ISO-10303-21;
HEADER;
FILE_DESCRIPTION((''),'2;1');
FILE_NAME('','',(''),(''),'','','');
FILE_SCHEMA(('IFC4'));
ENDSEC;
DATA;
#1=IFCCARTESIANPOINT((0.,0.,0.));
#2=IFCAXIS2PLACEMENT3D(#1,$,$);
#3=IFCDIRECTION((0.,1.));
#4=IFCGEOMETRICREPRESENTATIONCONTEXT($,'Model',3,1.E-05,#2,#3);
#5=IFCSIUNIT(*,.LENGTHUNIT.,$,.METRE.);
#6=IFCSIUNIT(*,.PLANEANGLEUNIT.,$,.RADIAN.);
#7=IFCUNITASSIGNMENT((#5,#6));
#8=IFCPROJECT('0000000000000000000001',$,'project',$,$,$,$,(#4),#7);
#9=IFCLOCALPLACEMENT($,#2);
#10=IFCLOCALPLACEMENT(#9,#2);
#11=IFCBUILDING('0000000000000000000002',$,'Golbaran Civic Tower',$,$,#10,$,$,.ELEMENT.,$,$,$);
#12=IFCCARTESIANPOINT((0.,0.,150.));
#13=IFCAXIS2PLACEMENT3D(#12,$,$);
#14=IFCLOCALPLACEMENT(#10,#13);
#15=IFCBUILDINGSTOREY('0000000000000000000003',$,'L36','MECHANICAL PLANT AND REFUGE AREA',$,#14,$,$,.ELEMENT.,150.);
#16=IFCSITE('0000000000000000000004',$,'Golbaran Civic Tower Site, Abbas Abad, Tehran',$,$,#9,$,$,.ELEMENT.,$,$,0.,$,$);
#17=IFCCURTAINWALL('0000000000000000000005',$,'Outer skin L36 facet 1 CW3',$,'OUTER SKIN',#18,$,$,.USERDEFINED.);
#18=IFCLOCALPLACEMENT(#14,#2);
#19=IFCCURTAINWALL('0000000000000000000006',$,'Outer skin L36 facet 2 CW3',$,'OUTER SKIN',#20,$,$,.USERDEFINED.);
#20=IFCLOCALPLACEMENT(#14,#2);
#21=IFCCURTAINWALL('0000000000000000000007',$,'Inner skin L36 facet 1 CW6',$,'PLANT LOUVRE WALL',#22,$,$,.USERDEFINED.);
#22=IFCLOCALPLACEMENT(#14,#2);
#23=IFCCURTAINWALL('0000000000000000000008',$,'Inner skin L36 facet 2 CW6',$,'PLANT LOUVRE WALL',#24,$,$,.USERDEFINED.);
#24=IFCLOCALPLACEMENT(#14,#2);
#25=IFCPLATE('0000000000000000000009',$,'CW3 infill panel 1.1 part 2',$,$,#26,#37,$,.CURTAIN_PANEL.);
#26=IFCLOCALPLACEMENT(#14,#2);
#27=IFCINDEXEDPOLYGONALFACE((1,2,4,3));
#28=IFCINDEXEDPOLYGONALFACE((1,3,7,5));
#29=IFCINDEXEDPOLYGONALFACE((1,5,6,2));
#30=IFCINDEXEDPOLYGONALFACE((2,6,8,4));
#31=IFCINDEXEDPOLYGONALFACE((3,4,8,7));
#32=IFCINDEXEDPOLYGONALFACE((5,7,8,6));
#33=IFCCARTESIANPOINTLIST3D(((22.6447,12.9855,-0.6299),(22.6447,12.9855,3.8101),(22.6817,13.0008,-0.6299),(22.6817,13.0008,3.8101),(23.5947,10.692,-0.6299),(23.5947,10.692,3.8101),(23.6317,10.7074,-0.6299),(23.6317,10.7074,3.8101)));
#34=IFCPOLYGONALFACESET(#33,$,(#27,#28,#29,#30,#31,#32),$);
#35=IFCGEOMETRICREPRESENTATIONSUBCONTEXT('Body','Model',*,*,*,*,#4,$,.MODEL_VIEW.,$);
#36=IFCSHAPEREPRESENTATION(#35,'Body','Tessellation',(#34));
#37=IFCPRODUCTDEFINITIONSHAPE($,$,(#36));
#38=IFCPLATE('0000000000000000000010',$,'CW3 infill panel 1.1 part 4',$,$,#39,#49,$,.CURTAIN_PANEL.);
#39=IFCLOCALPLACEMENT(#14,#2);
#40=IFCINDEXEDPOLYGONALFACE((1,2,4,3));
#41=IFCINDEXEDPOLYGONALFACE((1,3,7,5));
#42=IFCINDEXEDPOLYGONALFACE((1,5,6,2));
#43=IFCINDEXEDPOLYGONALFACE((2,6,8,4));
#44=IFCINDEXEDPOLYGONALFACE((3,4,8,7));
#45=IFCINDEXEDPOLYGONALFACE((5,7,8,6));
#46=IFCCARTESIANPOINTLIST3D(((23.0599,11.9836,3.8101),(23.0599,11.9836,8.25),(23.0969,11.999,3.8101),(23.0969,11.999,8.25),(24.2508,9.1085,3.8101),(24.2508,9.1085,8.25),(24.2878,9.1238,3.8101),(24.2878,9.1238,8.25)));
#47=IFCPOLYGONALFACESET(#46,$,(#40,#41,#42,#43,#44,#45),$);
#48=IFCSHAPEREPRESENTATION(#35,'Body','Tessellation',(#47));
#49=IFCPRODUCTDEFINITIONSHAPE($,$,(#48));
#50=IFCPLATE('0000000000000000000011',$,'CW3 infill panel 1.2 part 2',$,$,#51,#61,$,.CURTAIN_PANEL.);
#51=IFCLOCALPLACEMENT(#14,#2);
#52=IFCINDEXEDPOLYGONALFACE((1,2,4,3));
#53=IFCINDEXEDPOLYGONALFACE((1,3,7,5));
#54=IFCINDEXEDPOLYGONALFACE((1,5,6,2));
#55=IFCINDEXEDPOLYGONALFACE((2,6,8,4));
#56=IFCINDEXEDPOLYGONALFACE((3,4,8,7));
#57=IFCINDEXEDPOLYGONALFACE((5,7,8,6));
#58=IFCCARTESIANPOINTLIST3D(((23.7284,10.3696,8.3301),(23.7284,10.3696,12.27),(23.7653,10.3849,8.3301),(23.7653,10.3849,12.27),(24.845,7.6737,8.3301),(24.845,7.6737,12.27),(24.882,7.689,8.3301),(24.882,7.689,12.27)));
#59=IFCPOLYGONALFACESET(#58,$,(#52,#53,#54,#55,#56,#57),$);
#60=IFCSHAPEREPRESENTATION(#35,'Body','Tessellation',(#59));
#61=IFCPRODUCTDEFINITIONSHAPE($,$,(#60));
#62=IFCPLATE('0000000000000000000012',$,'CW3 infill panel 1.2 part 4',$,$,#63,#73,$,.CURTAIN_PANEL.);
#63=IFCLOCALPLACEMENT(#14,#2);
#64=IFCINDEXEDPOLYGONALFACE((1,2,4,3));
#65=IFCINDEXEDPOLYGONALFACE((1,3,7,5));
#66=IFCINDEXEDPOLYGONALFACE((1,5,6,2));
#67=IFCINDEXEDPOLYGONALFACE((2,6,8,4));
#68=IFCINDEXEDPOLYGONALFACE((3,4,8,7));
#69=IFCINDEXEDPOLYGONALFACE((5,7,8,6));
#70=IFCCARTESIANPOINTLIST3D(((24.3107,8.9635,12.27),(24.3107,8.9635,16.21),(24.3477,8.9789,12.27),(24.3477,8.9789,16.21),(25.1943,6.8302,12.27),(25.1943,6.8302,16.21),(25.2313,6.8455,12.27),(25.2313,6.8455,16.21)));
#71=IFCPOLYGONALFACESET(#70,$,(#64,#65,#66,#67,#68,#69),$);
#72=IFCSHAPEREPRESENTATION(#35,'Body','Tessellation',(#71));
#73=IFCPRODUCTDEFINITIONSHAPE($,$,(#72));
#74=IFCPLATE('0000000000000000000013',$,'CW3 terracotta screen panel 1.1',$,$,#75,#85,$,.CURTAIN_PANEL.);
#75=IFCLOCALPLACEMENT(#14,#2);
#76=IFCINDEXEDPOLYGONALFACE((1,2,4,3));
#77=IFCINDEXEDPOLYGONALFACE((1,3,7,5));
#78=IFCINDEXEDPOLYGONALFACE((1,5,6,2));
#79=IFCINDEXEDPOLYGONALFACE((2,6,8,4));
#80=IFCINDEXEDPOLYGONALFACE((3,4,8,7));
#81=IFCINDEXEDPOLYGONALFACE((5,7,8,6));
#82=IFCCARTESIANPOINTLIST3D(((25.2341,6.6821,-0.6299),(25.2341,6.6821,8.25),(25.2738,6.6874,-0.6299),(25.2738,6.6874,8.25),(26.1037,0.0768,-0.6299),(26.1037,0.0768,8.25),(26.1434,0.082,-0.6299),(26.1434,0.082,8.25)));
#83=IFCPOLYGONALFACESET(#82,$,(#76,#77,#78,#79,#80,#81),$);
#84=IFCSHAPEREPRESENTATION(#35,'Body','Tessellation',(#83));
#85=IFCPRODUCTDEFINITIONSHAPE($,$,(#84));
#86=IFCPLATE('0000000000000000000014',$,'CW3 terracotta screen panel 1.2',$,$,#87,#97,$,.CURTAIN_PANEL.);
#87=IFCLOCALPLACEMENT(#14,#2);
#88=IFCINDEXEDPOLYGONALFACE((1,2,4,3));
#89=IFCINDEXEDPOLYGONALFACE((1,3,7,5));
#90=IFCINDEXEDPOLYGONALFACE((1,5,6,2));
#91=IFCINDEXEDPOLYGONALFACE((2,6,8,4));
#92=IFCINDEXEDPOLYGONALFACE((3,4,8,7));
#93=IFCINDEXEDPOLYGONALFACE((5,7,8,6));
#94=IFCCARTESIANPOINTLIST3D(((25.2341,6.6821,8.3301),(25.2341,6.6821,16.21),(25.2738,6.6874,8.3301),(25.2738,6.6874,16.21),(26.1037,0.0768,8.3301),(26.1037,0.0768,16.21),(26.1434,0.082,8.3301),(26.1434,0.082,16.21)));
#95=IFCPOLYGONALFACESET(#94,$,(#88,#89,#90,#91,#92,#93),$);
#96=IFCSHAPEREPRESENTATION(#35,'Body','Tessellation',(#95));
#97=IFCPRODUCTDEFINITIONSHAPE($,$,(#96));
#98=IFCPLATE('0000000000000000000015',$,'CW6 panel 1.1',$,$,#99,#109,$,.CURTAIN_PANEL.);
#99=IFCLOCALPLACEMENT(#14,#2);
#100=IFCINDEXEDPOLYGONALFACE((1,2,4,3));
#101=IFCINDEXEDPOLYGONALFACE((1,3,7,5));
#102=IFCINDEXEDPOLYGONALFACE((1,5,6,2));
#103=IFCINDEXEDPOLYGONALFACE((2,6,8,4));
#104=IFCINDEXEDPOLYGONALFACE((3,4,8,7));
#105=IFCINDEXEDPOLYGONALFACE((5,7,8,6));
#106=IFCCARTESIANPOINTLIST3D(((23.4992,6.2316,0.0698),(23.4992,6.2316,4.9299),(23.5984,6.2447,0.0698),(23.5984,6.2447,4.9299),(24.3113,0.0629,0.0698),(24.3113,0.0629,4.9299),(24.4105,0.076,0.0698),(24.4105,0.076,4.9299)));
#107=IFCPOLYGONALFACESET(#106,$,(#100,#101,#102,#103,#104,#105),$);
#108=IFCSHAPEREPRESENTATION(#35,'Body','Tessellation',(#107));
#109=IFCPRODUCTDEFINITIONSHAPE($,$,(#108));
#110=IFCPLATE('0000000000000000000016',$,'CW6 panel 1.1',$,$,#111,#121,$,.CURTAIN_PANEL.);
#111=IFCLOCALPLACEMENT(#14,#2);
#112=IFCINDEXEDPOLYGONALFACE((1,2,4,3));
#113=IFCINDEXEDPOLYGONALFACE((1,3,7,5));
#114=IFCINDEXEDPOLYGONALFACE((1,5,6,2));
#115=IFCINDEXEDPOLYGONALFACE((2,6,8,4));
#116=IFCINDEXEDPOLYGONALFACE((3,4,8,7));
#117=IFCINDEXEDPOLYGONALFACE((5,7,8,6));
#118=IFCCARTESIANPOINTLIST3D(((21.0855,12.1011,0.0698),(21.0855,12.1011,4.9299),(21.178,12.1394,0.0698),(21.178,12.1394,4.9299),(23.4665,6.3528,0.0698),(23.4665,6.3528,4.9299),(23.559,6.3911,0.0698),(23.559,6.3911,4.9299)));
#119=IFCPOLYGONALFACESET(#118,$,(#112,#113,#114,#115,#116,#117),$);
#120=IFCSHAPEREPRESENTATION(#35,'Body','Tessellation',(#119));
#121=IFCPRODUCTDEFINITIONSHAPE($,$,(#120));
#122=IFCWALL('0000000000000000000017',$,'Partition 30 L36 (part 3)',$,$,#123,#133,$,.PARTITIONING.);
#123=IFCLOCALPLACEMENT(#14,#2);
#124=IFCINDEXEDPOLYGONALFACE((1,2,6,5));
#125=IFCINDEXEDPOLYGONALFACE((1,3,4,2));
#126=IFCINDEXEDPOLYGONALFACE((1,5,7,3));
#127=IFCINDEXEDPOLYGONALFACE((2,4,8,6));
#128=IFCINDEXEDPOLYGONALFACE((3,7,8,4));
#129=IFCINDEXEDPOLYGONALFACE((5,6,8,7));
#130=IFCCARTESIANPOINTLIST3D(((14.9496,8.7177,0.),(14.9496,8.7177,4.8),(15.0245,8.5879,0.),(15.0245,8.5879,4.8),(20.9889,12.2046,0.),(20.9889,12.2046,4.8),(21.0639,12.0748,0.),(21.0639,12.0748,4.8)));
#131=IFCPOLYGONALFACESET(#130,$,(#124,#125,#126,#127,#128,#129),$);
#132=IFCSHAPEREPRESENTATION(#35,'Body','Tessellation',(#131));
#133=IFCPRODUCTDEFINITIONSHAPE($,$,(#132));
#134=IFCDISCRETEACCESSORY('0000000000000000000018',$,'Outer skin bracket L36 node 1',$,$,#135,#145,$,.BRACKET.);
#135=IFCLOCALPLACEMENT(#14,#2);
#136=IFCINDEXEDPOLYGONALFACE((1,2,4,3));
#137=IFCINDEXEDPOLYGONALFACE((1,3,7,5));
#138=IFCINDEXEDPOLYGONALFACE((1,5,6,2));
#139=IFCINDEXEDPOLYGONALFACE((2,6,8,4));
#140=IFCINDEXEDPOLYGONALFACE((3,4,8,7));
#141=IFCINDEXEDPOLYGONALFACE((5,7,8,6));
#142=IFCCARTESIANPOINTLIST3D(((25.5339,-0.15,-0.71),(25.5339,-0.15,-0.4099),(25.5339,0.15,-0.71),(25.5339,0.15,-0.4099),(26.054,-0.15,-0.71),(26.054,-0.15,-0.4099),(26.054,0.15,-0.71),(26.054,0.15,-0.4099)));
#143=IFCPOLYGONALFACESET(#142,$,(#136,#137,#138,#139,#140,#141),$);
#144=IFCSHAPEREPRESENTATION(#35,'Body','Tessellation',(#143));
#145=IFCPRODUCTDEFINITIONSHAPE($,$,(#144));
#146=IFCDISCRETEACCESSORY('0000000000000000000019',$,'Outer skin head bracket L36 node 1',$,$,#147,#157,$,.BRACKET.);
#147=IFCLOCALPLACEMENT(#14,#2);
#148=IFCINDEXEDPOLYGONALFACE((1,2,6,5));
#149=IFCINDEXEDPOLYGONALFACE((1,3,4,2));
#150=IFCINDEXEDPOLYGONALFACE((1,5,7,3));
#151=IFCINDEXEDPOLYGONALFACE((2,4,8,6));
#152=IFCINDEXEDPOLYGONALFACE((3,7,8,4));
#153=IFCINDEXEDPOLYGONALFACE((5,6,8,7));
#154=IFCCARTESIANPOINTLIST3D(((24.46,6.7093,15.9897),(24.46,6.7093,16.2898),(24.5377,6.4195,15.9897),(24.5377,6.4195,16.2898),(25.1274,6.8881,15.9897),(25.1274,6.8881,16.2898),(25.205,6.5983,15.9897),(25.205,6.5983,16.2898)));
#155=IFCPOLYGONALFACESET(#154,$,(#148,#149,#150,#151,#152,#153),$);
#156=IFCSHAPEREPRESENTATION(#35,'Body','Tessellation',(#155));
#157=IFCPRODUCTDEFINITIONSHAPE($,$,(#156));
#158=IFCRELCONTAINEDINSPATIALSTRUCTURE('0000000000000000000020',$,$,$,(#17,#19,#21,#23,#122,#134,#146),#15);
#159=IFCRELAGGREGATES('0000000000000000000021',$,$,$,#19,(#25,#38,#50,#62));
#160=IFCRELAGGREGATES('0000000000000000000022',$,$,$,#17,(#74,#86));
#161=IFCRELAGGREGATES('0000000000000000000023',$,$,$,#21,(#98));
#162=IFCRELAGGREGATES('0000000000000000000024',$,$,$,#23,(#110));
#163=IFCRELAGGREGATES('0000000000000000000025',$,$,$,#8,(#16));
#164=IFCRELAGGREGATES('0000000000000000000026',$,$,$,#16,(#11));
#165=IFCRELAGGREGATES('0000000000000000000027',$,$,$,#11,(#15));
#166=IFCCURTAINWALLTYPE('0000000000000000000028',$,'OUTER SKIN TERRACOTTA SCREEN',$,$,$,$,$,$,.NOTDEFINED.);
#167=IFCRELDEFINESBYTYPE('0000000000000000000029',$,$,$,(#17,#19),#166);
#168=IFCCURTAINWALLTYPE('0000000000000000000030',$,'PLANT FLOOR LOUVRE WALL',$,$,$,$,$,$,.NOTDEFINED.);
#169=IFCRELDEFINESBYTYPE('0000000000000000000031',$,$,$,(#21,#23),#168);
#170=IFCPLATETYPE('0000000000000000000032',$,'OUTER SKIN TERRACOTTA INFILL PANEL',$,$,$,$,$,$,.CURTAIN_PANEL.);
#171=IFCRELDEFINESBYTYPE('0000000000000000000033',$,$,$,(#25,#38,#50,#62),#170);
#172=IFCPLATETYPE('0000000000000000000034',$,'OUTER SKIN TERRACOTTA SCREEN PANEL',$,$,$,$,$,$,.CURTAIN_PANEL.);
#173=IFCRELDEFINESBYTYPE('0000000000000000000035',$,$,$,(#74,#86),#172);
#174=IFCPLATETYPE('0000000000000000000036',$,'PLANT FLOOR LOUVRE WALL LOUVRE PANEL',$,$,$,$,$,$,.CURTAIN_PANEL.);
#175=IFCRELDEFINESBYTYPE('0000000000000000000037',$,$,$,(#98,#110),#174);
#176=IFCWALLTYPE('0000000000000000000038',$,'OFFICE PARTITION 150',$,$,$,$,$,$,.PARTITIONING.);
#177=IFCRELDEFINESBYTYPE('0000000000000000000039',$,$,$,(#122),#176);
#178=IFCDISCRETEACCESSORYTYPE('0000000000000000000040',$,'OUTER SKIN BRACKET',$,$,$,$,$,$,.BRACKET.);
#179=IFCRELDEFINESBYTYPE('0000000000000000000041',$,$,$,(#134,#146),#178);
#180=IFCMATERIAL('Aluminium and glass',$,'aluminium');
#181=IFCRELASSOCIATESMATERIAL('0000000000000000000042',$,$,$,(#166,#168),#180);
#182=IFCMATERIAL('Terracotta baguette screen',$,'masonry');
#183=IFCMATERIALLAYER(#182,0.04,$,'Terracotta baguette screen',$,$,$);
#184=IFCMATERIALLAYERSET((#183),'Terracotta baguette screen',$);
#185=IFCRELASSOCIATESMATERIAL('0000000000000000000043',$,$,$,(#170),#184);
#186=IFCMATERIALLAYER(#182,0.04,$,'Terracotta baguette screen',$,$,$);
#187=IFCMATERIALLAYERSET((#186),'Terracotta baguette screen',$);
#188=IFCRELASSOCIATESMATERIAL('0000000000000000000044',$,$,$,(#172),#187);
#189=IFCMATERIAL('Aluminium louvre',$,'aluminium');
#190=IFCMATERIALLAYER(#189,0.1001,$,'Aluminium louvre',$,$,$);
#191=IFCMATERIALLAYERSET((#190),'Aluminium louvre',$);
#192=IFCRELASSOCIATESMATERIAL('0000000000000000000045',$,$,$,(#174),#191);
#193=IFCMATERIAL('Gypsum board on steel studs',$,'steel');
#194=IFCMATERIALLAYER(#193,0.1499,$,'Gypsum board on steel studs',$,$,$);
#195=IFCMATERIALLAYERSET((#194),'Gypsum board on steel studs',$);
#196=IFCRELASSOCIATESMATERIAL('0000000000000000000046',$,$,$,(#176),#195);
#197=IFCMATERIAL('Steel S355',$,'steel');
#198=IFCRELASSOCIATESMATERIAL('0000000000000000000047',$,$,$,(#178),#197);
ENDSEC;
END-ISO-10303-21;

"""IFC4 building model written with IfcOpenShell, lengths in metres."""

from ifc_helpers import new_model, si_unit, direction, frame, frame_2d, origin, origin_2d, place, context, subcontext, project, spatial, rectangle, extrude, material, layer, layer_set, type_object, element, aggregate, save


model = new_model("IFC4")

# Units and contexts
model_context = context("Model", 3, precision=1e-05, world=origin(), true_north=direction((0.0, 1.0)))
body_context = subcontext(model_context, "Body", "Model", "MODEL_VIEW")
ifc_project = project(units=[si_unit("LENGTHUNIT", "METRE"), si_unit("PLANEANGLEUNIT", "RADIAN")], contexts=[model_context])

# Site, building, storey
site_placement = place(None, origin())
site = spatial("IfcSite", under=ifc_project, at=site_placement, Name="Golbaran Civic Tower Site, Abbas Abad, Tehran", CompositionType="ELEMENT", RefElevation=0.0)
building_placement = place(site_placement, origin())
building = spatial("IfcBuilding", under=site, at=building_placement, Name="Golbaran Civic Tower", CompositionType="ELEMENT")
storey_placement = place(building_placement, frame((0.0, 0.0, 150.0)))
storey = spatial("IfcBuildingStorey", under=building, at=storey_placement, Name="L36", Description="MECHANICAL PLANT AND REFUGE AREA", CompositionType="ELEMENT", Elevation=150.0)

# Shared definitions
ifc_material_1 = material(Name="Steel S355", Category="steel")

# Curtain wall
ifc_material_2 = material(Name="Aluminium and glass", Category="aluminium")
curtain_wall_type_1 = type_object("IfcCurtainWallType", Name="OUTER SKIN TERRACOTTA SCREEN", PredefinedType="NOTDEFINED", material=ifc_material_2)
curtain_wall_1_placement = place(storey_placement, origin())
curtain_wall_1 = element("IfcCurtainWall", 1, at=curtain_wall_1_placement, inside=storey, type_object=curtain_wall_type_1, Name="Outer skin L36 facet 1 CW3", ObjectType="OUTER SKIN", PredefinedType="USERDEFINED")

# Curtain wall
curtain_wall_2_placement = place(storey_placement, origin())
curtain_wall_2 = element("IfcCurtainWall", 2, at=curtain_wall_2_placement, inside=storey, type_object=curtain_wall_type_1, Name="Outer skin L36 facet 2 CW3", ObjectType="OUTER SKIN", PredefinedType="USERDEFINED")

# Curtain wall
curtain_wall_type_2 = type_object("IfcCurtainWallType", Name="PLANT FLOOR LOUVRE WALL", PredefinedType="NOTDEFINED", material=ifc_material_2)
curtain_wall_3_placement = place(storey_placement, origin())
curtain_wall_3 = element("IfcCurtainWall", 3, at=curtain_wall_3_placement, inside=storey, type_object=curtain_wall_type_2, Name="Inner skin L36 facet 1 CW6", ObjectType="PLANT LOUVRE WALL", PredefinedType="USERDEFINED")

# Curtain wall
curtain_wall_4_placement = place(storey_placement, origin())
curtain_wall_4 = element("IfcCurtainWall", 4, at=curtain_wall_4_placement, inside=storey, type_object=curtain_wall_type_2, Name="Inner skin L36 facet 2 CW6", ObjectType="PLANT LOUVRE WALL", PredefinedType="USERDEFINED")

# Plates
ifc_material_3 = material(Name="Terracotta baguette screen", Category="masonry")
ifc_layer_1 = layer(ifc_material_3, 0.04, Name="Terracotta baguette screen")
ifc_layer_set_1 = layer_set([ifc_layer_1], Name="Terracotta baguette screen")
plate_type_1 = type_object("IfcPlateType", Name="OUTER SKIN TERRACOTTA INFILL PANEL", PredefinedType="CURTAIN_PANEL", material=ifc_layer_set_1)
plate_1_placement = place(storey_placement, frame((23.1382, 11.8464, -0.6299), z_axis=(0.0, 0.0, 1.0), x_axis=(-0.382683, 0.92388, 0.0)))
plate_1 = element("IfcPlate", 5, at=plate_1_placement, type_object=plate_type_1, Name="CW3 infill panel 1.1 part 2", PredefinedType="CURTAIN_PANEL", context=body_context, shape_type="SweptSolid", body=[
    extrude(rectangle(XDim=2.4824, YDim=0.04, at=origin_2d()), origin(), (0.0, 0.0, 1.0), 4.4399),
])
plate_2_placement = place(storey_placement, frame((23.6738, 10.5537, 3.8101), z_axis=(0.0, 0.0, 1.0), x_axis=(-0.382683, 0.92388, 0.0)))
plate_2 = element("IfcPlate", 6, at=plate_2_placement, type_object=plate_type_1, Name="CW3 infill panel 1.1 part 4", PredefinedType="CURTAIN_PANEL", context=body_context, shape_type="SweptSolid", body=[
    extrude(rectangle(XDim=3.1121, YDim=0.04, at=origin_2d()), origin(), (0.0, 0.0, 1.0), 4.4399),
])
plate_3_placement = place(storey_placement, frame((24.3052, 9.0293, 8.3301), z_axis=(0.0, 0.0, 1.0), x_axis=(-0.382683, 0.92388, 0.0)))
plate_3 = element("IfcPlate", 7, at=plate_3_placement, type_object=plate_type_1, Name="CW3 infill panel 1.2 part 2", PredefinedType="CURTAIN_PANEL", context=body_context, shape_type="SweptSolid", body=[
    extrude(rectangle(XDim=2.918, YDim=0.04, at=origin_2d()), origin(), (0.0, 0.0, 1.0), 3.9399),
])
plate_4_placement = place(storey_placement, frame((24.771, 7.9045, 12.27), z_axis=(0.0, 0.0, 1.0), x_axis=(-0.382683, 0.92388, 0.0)))
plate_4 = element("IfcPlate", 8, at=plate_4_placement, type_object=plate_type_1, Name="CW3 infill panel 1.2 part 4", PredefinedType="CURTAIN_PANEL", context=body_context, shape_type="SweptSolid", body=[
    extrude(rectangle(XDim=2.3091, YDim=0.04, at=origin_2d()), origin(), (0.0, 0.0, 1.0), 3.9399),
])
aggregate(curtain_wall_2, [plate_1, plate_2, plate_3, plate_4])
ifc_layer_2 = layer(ifc_material_3, 0.04, Name="Terracotta baguette screen")
ifc_layer_set_2 = layer_set([ifc_layer_2], Name="Terracotta baguette screen")
plate_type_2 = type_object("IfcPlateType", Name="OUTER SKIN TERRACOTTA SCREEN PANEL", PredefinedType="CURTAIN_PANEL", material=ifc_layer_set_2)
plate_5_placement = place(storey_placement, frame((25.6887, 3.3821, -0.6299), z_axis=(0.0, 0.0, 1.0), x_axis=(-0.130526, 0.991445, 0.0)))
plate_5 = element("IfcPlate", 9, at=plate_5_placement, type_object=plate_type_2, Name="CW3 terracotta screen panel 1.1", PredefinedType="CURTAIN_PANEL", context=body_context, shape_type="SweptSolid", body=[
    extrude(rectangle(XDim=6.6624, YDim=0.04, at=origin_2d()), origin(), (0.0, 0.0, 1.0), 8.8799),
])
plate_6_placement = place(storey_placement, frame((25.6887, 3.3821, 8.3301), z_axis=(0.0, 0.0, 1.0), x_axis=(-0.130526, 0.991445, 0.0)))
plate_6 = element("IfcPlate", 10, at=plate_6_placement, type_object=plate_type_2, Name="CW3 terracotta screen panel 1.2", PredefinedType="CURTAIN_PANEL", context=body_context, shape_type="SweptSolid", body=[
    extrude(rectangle(XDim=6.6624, YDim=0.04, at=origin_2d()), origin(), (0.0, 0.0, 1.0), 7.8799),
])
aggregate(curtain_wall_1, [plate_5, plate_6])
ifc_material_4 = material(Name="Aluminium louvre", Category="aluminium")
ifc_layer_3 = layer(ifc_material_4, 0.1001, Name="Aluminium louvre")
ifc_layer_set_3 = layer_set([ifc_layer_3], Name="Aluminium louvre")
plate_type_3 = type_object("IfcPlateType", Name="PLANT FLOOR LOUVRE WALL LOUVRE PANEL", PredefinedType="CURTAIN_PANEL", material=ifc_layer_set_3)
plate_7_placement = place(storey_placement, frame((23.9548, 3.1538, 0.0698), z_axis=(0.0, 0.0, 1.0), x_axis=(-0.130526, 0.991445, 0.0)))
plate_7 = element("IfcPlate", 11, at=plate_7_placement, type_object=plate_type_3, Name="CW6 panel 1.1", PredefinedType="CURTAIN_PANEL", context=body_context, shape_type="SweptSolid", body=[
    extrude(rectangle(XDim=6.2219, YDim=0.1001, at=origin_2d()), origin(), (0.0, 0.0, 1.0), 4.8601),
])
aggregate(curtain_wall_3, [plate_7])
plate_8_placement = place(storey_placement, frame((22.3223, 9.2461, 0.0698), z_axis=(0.0, 0.0, 1.0), x_axis=(-0.382683, 0.92388, 0.0)))
plate_8 = element("IfcPlate", 12, at=plate_8_placement, type_object=plate_type_3, Name="CW6 panel 1.1", PredefinedType="CURTAIN_PANEL", context=body_context, shape_type="SweptSolid", body=[
    extrude(rectangle(XDim=6.2219, YDim=0.1001, at=origin_2d()), origin(), (0.0, 0.0, 1.0), 4.8601),
])
aggregate(curtain_wall_4, [plate_8])

# Wall
ifc_material_5 = material(Name="Gypsum board on steel studs", Category="steel")
ifc_layer_4 = layer(ifc_material_5, 0.1499, Name="Gypsum board on steel studs")
ifc_layer_set_4 = layer_set([ifc_layer_4], Name="Gypsum board on steel studs")
wall_type = type_object("IfcWallType", Name="OFFICE PARTITION 150", PredefinedType="PARTITIONING", material=ifc_layer_set_4)
wall_placement = place(storey_placement, frame((14.9871, 8.6528, 0.0), z_axis=(0.0, 0.0, 1.0), x_axis=(0.866024, 0.500002, 0.0)))
element("IfcWall", 13, at=wall_placement, inside=storey, type_object=wall_type, Name="Partition 30 L36 (part 3)", PredefinedType="PARTITIONING", context=body_context, shape_type="SweptSolid", body=[
    extrude(rectangle(XDim=6.9736, YDim=0.1499, at=frame_2d((3.4868, 0.0))), origin(), (0.0, 0.0, 1.0), 4.8),
])

# Discrete accessories
discrete_accessory_type = type_object("IfcDiscreteAccessoryType", Name="OUTER SKIN BRACKET", PredefinedType="BRACKET", material=ifc_material_1)
discrete_accessory_1_placement = place(storey_placement, frame((25.7939, 0.0, -0.71), z_axis=(0.0, 0.0, 1.0), x_axis=(1.0, 0.0, 0.0)))
element("IfcDiscreteAccessory", 14, at=discrete_accessory_1_placement, inside=storey, type_object=discrete_accessory_type, Name="Outer skin bracket L36 node 1", PredefinedType="BRACKET", context=body_context, shape_type="SweptSolid", body=[
    extrude(rectangle(XDim=0.52, YDim=0.3, at=origin_2d()), origin(), (0.0, 0.0, 1.0), 0.3),
])
discrete_accessory_2_placement = place(storey_placement, frame((24.8325, 6.6538, 15.9897), z_axis=(0.0, 0.0, 1.0), x_axis=(0.965926, 0.258819, 0.0)))
element("IfcDiscreteAccessory", 15, at=discrete_accessory_2_placement, inside=storey, type_object=discrete_accessory_type, Name="Outer skin head bracket L36 node 1", PredefinedType="BRACKET", context=body_context, shape_type="SweptSolid", body=[
    extrude(rectangle(XDim=0.6909, YDim=0.3, at=origin_2d()), origin(), (0.0, 0.0, 1.0), 0.3),
])

save(model, "model.ifc")
